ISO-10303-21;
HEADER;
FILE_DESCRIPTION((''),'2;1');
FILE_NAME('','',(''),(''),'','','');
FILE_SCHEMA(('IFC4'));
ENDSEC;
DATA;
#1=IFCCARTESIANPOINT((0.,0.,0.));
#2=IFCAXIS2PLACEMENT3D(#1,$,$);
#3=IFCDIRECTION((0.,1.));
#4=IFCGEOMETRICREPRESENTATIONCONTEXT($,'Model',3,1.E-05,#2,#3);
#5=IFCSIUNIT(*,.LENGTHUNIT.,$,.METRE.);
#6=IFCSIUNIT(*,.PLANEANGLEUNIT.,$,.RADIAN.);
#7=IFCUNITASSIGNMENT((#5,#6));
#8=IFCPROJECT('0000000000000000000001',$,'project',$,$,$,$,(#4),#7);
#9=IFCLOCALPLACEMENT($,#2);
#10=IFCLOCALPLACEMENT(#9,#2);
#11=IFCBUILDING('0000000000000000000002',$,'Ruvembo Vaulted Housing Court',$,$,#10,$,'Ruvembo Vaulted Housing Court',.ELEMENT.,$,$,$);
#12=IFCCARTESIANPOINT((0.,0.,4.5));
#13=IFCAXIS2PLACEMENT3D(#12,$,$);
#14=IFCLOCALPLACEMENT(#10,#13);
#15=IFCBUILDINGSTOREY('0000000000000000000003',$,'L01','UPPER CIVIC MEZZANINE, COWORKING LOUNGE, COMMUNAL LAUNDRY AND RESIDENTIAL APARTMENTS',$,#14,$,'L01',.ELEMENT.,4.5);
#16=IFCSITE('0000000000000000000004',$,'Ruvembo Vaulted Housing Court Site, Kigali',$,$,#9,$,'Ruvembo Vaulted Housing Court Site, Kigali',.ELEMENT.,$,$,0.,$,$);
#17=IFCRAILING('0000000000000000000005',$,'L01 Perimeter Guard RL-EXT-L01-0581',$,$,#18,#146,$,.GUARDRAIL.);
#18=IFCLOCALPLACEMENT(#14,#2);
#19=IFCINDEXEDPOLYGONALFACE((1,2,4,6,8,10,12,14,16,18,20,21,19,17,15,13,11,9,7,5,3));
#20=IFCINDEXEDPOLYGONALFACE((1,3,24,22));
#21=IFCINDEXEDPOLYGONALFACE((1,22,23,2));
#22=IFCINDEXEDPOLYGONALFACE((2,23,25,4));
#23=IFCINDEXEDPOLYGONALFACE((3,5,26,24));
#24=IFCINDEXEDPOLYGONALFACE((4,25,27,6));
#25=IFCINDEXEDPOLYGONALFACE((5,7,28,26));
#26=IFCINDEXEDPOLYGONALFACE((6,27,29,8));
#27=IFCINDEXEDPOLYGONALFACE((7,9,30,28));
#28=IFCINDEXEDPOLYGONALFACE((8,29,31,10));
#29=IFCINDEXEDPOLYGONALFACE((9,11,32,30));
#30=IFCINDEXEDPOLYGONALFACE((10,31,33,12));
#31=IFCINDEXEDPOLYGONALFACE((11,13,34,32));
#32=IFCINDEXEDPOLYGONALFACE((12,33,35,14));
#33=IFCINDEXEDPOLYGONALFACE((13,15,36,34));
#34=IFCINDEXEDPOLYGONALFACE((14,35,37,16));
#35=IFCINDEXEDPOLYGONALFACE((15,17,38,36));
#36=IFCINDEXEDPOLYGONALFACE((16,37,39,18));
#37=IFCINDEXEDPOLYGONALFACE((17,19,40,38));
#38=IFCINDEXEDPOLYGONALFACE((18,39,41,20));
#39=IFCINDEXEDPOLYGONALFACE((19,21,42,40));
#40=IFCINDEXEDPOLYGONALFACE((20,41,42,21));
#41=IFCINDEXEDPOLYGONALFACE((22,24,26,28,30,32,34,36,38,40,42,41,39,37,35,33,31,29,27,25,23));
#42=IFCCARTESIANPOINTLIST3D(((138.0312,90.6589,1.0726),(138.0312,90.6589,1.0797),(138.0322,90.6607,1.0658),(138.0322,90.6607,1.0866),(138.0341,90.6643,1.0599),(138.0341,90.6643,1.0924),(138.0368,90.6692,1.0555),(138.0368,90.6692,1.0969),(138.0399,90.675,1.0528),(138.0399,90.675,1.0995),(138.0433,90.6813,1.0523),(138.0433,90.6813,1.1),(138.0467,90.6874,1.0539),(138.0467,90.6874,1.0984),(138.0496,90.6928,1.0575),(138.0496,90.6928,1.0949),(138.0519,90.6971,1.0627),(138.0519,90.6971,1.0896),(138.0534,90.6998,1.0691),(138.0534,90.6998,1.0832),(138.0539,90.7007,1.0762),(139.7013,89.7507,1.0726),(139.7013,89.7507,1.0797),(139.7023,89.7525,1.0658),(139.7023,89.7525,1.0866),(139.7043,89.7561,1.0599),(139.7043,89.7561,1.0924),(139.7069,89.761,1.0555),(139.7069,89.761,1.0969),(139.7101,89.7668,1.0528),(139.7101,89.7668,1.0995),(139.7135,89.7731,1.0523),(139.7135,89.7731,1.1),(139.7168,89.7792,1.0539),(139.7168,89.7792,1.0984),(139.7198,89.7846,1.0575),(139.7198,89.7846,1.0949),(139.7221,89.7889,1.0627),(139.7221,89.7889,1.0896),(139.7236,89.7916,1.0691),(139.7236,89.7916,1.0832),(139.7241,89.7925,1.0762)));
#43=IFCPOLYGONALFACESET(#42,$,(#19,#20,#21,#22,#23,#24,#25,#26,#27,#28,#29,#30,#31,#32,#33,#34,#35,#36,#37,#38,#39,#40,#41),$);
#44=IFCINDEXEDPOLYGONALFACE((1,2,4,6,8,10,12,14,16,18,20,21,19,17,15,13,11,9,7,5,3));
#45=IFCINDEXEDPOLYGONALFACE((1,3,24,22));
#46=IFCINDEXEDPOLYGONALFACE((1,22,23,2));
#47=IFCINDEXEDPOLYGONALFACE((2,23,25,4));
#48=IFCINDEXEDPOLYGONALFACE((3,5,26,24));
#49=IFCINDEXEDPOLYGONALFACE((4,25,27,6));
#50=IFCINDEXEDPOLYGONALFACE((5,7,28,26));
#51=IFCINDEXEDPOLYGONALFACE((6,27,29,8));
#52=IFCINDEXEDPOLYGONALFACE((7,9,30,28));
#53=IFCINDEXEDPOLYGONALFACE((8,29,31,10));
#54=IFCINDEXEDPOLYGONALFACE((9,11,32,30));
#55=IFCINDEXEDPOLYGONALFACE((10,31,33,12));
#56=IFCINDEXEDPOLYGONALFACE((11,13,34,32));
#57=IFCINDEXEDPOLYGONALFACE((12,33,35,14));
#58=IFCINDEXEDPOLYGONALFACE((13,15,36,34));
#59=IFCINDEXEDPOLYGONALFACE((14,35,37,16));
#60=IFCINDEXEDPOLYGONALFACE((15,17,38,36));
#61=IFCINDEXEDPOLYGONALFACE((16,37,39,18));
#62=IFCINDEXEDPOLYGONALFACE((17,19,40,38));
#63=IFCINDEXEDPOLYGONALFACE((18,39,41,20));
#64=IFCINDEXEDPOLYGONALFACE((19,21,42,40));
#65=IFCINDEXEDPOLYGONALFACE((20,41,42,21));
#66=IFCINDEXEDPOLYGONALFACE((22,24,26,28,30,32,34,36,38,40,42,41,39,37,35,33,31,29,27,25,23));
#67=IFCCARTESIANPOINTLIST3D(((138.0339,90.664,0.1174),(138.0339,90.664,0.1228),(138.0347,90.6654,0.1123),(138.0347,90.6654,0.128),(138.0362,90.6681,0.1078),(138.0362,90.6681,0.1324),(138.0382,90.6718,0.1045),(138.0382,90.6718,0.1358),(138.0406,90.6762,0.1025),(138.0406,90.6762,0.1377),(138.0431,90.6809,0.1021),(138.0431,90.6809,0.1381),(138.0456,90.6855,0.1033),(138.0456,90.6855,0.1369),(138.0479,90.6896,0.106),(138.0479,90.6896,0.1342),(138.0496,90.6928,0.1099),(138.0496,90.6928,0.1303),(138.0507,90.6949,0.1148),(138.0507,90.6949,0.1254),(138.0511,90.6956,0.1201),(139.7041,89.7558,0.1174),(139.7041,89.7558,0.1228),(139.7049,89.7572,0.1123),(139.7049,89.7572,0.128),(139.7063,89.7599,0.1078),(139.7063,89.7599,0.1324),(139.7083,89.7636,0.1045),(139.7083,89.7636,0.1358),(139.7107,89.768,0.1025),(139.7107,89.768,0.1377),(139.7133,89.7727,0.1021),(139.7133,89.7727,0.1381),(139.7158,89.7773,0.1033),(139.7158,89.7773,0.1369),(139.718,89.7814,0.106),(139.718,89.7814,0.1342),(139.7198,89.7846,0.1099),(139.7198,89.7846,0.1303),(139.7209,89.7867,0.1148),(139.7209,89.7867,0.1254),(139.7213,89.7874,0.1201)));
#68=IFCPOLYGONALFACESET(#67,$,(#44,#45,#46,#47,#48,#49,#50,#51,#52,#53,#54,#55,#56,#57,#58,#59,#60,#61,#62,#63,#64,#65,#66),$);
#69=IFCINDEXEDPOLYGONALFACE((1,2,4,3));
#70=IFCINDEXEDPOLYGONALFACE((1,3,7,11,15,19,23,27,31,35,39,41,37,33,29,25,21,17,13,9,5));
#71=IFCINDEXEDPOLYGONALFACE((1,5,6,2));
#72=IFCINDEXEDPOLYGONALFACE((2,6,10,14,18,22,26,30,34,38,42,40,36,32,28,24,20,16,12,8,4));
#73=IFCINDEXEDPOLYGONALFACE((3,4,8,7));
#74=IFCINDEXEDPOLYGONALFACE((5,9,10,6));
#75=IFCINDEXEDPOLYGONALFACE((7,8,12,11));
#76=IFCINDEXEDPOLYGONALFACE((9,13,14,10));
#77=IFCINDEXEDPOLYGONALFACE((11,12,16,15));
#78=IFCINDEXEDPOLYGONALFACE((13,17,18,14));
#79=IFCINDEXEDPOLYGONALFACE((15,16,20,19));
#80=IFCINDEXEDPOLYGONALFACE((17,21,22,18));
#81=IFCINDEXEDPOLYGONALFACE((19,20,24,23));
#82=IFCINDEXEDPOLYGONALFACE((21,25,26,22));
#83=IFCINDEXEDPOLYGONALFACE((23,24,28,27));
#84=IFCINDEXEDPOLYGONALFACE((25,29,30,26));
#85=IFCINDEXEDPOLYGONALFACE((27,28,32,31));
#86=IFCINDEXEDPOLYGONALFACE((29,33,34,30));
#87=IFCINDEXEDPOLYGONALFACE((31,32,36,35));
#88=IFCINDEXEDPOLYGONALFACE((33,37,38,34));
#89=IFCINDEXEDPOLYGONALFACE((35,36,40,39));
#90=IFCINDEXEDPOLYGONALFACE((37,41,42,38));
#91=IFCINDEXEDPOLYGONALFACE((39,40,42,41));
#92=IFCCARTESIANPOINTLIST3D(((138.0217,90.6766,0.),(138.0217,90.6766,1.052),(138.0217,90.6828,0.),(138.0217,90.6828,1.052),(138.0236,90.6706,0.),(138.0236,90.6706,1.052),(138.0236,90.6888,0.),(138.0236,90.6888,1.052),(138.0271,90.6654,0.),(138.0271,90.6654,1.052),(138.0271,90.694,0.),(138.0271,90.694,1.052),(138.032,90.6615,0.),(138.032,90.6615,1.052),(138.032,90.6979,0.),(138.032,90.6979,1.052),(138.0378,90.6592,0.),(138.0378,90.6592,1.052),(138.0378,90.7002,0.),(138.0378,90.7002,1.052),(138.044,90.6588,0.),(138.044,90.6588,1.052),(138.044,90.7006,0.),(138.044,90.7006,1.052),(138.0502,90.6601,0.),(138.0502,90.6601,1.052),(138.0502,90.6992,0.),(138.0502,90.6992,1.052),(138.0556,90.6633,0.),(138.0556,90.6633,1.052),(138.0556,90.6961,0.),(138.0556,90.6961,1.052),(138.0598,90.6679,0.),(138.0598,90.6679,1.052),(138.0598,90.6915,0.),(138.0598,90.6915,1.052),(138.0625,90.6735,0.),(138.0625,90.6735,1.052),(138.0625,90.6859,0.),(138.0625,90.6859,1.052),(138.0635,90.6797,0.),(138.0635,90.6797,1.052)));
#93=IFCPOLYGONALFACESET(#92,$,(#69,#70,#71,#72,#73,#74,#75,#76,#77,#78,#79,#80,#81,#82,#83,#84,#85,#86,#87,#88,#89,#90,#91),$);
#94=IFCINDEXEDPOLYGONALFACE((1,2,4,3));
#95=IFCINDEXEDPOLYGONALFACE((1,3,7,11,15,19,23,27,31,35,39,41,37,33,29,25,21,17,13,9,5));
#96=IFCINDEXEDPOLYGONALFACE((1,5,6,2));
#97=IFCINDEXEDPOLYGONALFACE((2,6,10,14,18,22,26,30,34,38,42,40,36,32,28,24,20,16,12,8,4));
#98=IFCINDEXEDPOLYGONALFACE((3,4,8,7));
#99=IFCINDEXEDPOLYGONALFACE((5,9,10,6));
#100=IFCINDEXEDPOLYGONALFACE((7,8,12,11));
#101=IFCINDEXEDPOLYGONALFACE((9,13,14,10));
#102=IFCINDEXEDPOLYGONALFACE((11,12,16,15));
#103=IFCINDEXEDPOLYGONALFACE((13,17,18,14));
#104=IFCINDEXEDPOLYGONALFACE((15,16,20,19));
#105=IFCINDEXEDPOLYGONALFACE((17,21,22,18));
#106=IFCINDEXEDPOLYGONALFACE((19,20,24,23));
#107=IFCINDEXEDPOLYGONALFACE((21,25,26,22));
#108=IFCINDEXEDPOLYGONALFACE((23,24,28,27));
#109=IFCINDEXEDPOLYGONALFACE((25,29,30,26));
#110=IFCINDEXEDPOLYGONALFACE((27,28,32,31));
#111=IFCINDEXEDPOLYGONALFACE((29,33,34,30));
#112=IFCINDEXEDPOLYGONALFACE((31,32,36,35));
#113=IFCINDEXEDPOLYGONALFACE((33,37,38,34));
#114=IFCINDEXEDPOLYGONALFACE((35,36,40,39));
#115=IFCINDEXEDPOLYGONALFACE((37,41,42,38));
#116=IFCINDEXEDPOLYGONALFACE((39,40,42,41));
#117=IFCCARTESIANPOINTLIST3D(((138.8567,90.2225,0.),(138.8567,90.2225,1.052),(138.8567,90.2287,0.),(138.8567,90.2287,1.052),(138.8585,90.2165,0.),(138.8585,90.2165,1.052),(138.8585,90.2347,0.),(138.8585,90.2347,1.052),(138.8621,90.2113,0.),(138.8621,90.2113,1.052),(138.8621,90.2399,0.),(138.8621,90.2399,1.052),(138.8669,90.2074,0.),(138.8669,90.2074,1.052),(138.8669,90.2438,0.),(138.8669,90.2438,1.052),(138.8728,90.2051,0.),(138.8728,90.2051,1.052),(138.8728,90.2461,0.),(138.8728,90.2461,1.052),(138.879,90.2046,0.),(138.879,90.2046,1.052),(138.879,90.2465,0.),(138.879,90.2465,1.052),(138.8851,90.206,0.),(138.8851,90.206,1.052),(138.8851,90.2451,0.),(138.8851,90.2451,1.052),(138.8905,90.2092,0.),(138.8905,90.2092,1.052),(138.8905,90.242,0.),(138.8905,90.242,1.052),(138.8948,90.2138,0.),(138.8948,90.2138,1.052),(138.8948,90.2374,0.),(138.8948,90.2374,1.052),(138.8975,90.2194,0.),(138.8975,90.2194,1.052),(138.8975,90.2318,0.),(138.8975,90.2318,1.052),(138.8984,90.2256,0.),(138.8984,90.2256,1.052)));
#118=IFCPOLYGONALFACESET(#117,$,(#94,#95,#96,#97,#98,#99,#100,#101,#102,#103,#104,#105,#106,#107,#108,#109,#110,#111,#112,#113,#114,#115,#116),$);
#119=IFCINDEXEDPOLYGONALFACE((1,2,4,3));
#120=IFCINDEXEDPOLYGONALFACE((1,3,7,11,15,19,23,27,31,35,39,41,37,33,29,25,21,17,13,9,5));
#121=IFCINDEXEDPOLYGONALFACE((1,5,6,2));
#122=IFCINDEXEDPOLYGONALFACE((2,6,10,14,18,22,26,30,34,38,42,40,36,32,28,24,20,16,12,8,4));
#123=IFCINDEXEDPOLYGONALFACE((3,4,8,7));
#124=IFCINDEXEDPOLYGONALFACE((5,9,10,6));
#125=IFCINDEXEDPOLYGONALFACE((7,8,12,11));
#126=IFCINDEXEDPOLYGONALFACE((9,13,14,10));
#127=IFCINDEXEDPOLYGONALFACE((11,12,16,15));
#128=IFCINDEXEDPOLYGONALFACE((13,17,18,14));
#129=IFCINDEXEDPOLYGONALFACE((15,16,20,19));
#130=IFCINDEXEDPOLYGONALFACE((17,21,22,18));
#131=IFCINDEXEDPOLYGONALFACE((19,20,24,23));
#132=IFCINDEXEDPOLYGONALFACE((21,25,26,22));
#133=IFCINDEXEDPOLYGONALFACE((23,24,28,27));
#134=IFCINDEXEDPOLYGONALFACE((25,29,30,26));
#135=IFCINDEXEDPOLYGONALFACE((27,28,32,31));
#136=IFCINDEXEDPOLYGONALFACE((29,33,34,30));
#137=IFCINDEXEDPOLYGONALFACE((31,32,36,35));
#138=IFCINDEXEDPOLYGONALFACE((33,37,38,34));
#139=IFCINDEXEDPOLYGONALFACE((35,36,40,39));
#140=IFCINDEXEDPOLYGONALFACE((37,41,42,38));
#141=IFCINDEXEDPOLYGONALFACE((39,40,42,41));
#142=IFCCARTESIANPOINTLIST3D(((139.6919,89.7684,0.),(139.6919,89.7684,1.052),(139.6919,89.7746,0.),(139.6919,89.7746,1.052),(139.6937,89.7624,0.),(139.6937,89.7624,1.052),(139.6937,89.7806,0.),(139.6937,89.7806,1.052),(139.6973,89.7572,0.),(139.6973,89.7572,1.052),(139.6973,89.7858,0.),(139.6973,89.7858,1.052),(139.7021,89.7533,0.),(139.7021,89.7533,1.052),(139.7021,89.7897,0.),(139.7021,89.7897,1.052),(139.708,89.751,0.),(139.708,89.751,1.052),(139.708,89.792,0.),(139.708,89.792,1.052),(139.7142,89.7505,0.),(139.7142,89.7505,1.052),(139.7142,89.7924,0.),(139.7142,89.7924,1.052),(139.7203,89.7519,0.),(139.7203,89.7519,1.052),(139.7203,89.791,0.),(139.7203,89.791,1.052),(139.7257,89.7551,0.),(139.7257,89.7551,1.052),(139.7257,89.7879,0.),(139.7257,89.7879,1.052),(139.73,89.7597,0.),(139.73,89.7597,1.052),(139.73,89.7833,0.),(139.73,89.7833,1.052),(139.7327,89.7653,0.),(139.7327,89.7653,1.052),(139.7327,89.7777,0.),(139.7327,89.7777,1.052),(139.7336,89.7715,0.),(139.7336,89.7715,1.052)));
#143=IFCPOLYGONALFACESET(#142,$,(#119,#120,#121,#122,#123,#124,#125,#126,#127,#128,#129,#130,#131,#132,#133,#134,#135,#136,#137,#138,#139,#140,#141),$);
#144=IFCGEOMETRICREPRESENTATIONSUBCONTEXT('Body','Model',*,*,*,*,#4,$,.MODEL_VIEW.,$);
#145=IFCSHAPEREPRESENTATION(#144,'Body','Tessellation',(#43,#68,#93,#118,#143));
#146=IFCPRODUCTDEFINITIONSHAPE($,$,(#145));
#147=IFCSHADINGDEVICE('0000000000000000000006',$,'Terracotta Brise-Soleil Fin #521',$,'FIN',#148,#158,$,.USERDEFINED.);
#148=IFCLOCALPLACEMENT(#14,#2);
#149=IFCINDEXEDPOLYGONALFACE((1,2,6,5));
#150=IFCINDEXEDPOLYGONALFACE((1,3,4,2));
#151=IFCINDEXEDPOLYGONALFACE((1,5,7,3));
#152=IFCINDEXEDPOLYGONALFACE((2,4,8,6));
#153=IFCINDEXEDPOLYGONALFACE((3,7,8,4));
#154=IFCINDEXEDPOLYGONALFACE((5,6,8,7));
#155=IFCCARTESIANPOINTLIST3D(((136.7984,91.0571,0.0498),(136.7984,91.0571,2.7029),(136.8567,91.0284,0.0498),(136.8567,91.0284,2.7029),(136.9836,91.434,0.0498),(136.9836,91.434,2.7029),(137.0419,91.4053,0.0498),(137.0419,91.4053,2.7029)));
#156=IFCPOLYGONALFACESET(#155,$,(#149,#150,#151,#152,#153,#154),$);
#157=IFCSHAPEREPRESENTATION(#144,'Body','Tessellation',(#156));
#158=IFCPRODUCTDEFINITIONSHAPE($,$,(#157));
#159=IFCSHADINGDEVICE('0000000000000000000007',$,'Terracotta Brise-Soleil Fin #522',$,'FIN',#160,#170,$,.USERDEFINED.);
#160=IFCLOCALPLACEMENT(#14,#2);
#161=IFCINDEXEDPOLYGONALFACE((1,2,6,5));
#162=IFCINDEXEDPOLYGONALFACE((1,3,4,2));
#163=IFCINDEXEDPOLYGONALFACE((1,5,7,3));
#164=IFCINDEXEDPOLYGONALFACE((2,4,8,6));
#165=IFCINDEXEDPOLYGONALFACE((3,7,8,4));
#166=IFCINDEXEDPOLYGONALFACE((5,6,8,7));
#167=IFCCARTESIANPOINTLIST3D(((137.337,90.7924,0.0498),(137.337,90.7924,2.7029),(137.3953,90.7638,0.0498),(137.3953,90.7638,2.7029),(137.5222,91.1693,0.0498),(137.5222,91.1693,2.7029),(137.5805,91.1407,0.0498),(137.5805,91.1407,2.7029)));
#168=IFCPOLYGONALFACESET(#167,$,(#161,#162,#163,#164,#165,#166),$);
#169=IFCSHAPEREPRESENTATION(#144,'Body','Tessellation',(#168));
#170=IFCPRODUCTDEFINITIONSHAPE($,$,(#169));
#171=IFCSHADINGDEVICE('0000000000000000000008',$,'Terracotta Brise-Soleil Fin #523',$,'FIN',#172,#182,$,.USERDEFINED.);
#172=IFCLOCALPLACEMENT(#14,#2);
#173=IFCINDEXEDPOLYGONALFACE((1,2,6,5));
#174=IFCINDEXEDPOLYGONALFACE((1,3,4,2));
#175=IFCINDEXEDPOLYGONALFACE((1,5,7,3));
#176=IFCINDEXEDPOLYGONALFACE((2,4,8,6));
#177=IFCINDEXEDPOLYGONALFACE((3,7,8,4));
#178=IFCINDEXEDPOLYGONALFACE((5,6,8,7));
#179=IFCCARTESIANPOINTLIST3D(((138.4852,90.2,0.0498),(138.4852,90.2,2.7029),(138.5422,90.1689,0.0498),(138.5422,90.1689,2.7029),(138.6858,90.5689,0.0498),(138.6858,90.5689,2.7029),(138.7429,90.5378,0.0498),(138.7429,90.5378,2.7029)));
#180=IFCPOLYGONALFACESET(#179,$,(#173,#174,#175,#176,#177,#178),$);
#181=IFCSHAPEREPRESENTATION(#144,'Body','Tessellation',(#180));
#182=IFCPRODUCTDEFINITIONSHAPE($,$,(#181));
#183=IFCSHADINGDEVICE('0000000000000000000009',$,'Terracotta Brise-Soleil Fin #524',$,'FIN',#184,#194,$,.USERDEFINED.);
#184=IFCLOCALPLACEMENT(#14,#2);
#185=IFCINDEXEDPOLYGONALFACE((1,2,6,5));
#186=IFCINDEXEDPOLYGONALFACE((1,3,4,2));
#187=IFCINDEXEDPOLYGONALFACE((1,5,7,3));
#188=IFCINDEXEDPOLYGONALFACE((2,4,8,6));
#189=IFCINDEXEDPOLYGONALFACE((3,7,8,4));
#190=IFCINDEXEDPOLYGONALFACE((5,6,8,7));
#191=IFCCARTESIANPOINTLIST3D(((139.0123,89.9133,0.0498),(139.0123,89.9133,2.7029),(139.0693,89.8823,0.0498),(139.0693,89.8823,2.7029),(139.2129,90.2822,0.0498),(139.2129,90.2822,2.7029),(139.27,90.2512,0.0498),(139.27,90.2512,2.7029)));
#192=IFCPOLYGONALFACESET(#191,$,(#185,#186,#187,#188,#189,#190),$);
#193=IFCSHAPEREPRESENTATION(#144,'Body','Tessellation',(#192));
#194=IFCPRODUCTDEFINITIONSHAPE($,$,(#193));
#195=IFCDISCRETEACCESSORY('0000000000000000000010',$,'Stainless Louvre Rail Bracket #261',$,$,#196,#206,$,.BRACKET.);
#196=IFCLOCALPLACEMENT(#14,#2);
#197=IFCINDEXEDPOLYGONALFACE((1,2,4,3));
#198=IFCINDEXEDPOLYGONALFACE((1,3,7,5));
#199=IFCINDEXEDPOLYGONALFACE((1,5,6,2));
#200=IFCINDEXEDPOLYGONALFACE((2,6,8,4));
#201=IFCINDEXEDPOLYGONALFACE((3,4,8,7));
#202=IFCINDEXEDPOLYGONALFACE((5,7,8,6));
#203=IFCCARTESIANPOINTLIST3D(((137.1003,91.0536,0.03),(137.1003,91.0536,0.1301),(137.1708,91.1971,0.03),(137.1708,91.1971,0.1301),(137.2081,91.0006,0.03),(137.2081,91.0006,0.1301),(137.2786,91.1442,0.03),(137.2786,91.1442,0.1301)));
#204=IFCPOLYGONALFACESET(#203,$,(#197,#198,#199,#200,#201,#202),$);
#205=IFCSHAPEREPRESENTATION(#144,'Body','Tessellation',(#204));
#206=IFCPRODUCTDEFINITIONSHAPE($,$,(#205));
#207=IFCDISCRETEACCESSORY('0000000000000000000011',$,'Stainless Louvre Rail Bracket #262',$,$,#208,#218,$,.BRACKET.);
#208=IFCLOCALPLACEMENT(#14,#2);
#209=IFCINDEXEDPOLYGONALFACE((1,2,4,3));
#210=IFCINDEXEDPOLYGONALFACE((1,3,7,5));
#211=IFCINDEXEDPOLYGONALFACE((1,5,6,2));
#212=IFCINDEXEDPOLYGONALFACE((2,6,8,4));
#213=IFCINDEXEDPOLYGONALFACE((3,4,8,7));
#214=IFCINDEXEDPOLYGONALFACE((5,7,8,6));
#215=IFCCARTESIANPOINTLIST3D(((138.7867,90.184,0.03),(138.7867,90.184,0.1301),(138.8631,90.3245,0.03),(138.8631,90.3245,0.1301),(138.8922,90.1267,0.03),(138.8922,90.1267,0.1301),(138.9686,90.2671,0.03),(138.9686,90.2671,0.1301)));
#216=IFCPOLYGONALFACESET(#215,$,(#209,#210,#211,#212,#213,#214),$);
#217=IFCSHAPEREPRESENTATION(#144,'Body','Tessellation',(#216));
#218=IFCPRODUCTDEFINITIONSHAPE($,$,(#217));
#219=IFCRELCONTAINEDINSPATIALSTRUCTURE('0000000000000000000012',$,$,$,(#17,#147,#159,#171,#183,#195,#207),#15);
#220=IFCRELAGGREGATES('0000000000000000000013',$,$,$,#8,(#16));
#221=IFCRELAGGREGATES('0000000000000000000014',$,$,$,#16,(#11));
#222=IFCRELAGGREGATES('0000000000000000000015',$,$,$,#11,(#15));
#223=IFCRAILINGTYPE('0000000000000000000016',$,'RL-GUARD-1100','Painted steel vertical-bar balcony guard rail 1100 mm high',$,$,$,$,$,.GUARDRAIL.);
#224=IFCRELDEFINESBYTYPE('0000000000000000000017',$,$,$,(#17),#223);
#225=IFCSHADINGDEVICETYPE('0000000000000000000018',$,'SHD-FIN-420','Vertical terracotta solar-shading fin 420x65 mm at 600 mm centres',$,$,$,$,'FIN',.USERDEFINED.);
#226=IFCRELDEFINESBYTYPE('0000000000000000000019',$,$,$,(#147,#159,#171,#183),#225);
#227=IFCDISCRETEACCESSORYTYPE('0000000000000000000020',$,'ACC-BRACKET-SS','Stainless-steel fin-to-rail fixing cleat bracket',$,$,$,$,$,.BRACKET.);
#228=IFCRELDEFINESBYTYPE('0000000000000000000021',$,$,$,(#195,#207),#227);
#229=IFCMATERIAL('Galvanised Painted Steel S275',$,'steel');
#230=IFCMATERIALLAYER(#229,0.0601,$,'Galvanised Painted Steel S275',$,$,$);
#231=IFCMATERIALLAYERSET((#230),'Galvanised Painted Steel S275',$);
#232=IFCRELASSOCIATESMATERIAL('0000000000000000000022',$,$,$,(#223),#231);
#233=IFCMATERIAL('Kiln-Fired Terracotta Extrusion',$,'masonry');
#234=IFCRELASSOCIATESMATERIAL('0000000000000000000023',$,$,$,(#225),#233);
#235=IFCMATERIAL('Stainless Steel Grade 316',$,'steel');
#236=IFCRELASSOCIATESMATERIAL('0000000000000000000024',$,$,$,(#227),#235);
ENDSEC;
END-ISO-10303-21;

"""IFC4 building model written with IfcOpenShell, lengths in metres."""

from ifc_helpers import new_model, si_unit, direction, frame, origin, origin_2d, place, context, subcontext, project, spatial, rectangle, circle, extrude, material, layer, layer_set, type_object, element, save


model = new_model("IFC4")

# Units and contexts
model_context = context("Model", 3, precision=1e-05, world=origin(), true_north=direction((0.0, 1.0)))
body_context = subcontext(model_context, "Body", "Model", "MODEL_VIEW")
ifc_project = project(units=[si_unit("LENGTHUNIT", "METRE"), si_unit("PLANEANGLEUNIT", "RADIAN")], contexts=[model_context])

# Site, building, storey
site_placement = place(None, origin())
site = spatial("IfcSite", under=ifc_project, at=site_placement, Name="Ruvembo Vaulted Housing Court Site, Kigali", LongName="Ruvembo Vaulted Housing Court Site, Kigali", CompositionType="ELEMENT", RefElevation=0.0)
building_placement = place(site_placement, origin())
building = spatial("IfcBuilding", under=site, at=building_placement, Name="Ruvembo Vaulted Housing Court", LongName="Ruvembo Vaulted Housing Court", CompositionType="ELEMENT")
storey_placement = place(building_placement, frame((0.0, 0.0, 4.5)))
storey = spatial("IfcBuildingStorey", under=building, at=storey_placement, Name="L01", Description="UPPER CIVIC MEZZANINE, COWORKING LOUNGE, COMMUNAL LAUNDRY AND RESIDENTIAL APARTMENTS", LongName="L01", CompositionType="ELEMENT", Elevation=4.5)

# Railing
ifc_material_1 = material(Name="Galvanised Painted Steel S275", Category="steel")
ifc_layer_1 = layer(ifc_material_1, 0.0601, Name="Galvanised Painted Steel S275")
ifc_layer_set_1 = layer_set([ifc_layer_1], Name="Galvanised Painted Steel S275")
railing_type = type_object("IfcRailingType", Name="RL-GUARD-1100", Description="Painted steel vertical-bar balcony guard rail 1100 mm high", PredefinedType="GUARDRAIL", material=ifc_layer_set_1)
railing_1_placement = place(storey_placement, frame((138.0425, 90.6797, 0.0)))
element("IfcRailing", 1, at=railing_1_placement, inside=storey, type_object=railing_type, Name="L01 Perimeter Guard RL-EXT-L01-0581", PredefinedType="GUARDRAIL", context=body_context, shape_type="SweptSolid", body=[
    extrude(circle(Radius=0.0239, at=origin_2d()), frame((0.0, 0.0, 1.0762), z_axis=(0.878513, -0.477718, 0.0), x_axis=(0.477718, 0.878513, 0.0)), (0.0, 0.0, 1.0), 1.9011),
    extrude(circle(Radius=0.0181, at=origin_2d()), frame((0.0, 0.0, 0.1201), z_axis=(0.878513, -0.477718, 0.0), x_axis=(0.477718, 0.878513, 0.0)), (0.0, 0.0, 1.0), 1.9011),
    extrude(circle(Radius=0.021, at=origin_2d()), origin(), (0.0, 0.0, 1.0), 1.052),
    extrude(circle(Radius=0.021, at=origin_2d()), frame((0.835, -0.4541, 0.0)), (0.0, 0.0, 1.0), 1.052),
    extrude(circle(Radius=0.021, at=origin_2d()), frame((1.6702, -0.9082, 0.0)), (0.0, 0.0, 1.0), 1.052),
])

# Shading devices
ifc_material_2 = material(Name="Kiln-Fired Terracotta Extrusion", Category="masonry")
shading_device_type = type_object("IfcShadingDeviceType", Name="SHD-FIN-420", Description="Vertical terracotta solar-shading fin 420x65 mm at 600 mm centres", ElementType="FIN", PredefinedType="USERDEFINED", material=ifc_material_2)
for number, where, z_axis, x_axis, name in (
    (2, (136.9202, 91.2312, 0.0498), (0.0, 0.0, 1.0), (-0.440911, -0.897551, 0.0), "Terracotta Brise-Soleil Fin #521"),
    (3, (137.4587, 90.9666, 0.0498), (0.0, 0.0, 1.0), (-0.440911, -0.897551, 0.0), "Terracotta Brise-Soleil Fin #522"),
    (4, (138.614, 90.3689, 0.0498), (0.0, 0.0, 1.0), (-0.477788, -0.878475, 0.0), "Terracotta Brise-Soleil Fin #523"),
    (5, (139.1411, 90.0823, 0.0498), (0.0, 0.0, 1.0), (-0.477788, -0.878475, 0.0), "Terracotta Brise-Soleil Fin #524"),
):
    element("IfcShadingDevice", number, at=place(storey_placement, frame(where, z_axis=z_axis, x_axis=x_axis)), inside=storey, type_object=shading_device_type, Name=name, ObjectType="FIN", PredefinedType="USERDEFINED", context=body_context, shape_type="SweptSolid", body=[
        extrude(rectangle(XDim=0.4199, YDim=0.0649, at=origin_2d()), origin(), (0.0, 0.0, 1.0), 2.6531),
    ])

# Discrete accessories
ifc_material_3 = material(Name="Stainless Steel Grade 316", Category="steel")
discrete_accessory_type = type_object("IfcDiscreteAccessoryType", Name="ACC-BRACKET-SS", Description="Stainless-steel fin-to-rail fixing cleat bracket", PredefinedType="BRACKET", material=ifc_material_3)
for number, where, z_axis, x_axis, name in (
    (6, (137.1895, 91.0989, 0.03), (0.0, 0.0, 1.0), (-0.440911, -0.897551, 0.0), "Stainless Louvre Rail Bracket #261"),
    (7, (138.8777, 90.2256, 0.03), (0.0, 0.0, 1.0), (-0.477788, -0.878475, 0.0), "Stainless Louvre Rail Bracket #262"),
):
    element("IfcDiscreteAccessory", number, at=place(storey_placement, frame(where, z_axis=z_axis, x_axis=x_axis)), inside=storey, type_object=discrete_accessory_type, Name=name, PredefinedType="BRACKET", context=body_context, shape_type="SweptSolid", body=[
        extrude(rectangle(XDim=0.1599, YDim=0.1201, at=origin_2d()), origin(), (0.0, 0.0, 1.0), 0.1001),
    ])

save(model, "model.ifc")
